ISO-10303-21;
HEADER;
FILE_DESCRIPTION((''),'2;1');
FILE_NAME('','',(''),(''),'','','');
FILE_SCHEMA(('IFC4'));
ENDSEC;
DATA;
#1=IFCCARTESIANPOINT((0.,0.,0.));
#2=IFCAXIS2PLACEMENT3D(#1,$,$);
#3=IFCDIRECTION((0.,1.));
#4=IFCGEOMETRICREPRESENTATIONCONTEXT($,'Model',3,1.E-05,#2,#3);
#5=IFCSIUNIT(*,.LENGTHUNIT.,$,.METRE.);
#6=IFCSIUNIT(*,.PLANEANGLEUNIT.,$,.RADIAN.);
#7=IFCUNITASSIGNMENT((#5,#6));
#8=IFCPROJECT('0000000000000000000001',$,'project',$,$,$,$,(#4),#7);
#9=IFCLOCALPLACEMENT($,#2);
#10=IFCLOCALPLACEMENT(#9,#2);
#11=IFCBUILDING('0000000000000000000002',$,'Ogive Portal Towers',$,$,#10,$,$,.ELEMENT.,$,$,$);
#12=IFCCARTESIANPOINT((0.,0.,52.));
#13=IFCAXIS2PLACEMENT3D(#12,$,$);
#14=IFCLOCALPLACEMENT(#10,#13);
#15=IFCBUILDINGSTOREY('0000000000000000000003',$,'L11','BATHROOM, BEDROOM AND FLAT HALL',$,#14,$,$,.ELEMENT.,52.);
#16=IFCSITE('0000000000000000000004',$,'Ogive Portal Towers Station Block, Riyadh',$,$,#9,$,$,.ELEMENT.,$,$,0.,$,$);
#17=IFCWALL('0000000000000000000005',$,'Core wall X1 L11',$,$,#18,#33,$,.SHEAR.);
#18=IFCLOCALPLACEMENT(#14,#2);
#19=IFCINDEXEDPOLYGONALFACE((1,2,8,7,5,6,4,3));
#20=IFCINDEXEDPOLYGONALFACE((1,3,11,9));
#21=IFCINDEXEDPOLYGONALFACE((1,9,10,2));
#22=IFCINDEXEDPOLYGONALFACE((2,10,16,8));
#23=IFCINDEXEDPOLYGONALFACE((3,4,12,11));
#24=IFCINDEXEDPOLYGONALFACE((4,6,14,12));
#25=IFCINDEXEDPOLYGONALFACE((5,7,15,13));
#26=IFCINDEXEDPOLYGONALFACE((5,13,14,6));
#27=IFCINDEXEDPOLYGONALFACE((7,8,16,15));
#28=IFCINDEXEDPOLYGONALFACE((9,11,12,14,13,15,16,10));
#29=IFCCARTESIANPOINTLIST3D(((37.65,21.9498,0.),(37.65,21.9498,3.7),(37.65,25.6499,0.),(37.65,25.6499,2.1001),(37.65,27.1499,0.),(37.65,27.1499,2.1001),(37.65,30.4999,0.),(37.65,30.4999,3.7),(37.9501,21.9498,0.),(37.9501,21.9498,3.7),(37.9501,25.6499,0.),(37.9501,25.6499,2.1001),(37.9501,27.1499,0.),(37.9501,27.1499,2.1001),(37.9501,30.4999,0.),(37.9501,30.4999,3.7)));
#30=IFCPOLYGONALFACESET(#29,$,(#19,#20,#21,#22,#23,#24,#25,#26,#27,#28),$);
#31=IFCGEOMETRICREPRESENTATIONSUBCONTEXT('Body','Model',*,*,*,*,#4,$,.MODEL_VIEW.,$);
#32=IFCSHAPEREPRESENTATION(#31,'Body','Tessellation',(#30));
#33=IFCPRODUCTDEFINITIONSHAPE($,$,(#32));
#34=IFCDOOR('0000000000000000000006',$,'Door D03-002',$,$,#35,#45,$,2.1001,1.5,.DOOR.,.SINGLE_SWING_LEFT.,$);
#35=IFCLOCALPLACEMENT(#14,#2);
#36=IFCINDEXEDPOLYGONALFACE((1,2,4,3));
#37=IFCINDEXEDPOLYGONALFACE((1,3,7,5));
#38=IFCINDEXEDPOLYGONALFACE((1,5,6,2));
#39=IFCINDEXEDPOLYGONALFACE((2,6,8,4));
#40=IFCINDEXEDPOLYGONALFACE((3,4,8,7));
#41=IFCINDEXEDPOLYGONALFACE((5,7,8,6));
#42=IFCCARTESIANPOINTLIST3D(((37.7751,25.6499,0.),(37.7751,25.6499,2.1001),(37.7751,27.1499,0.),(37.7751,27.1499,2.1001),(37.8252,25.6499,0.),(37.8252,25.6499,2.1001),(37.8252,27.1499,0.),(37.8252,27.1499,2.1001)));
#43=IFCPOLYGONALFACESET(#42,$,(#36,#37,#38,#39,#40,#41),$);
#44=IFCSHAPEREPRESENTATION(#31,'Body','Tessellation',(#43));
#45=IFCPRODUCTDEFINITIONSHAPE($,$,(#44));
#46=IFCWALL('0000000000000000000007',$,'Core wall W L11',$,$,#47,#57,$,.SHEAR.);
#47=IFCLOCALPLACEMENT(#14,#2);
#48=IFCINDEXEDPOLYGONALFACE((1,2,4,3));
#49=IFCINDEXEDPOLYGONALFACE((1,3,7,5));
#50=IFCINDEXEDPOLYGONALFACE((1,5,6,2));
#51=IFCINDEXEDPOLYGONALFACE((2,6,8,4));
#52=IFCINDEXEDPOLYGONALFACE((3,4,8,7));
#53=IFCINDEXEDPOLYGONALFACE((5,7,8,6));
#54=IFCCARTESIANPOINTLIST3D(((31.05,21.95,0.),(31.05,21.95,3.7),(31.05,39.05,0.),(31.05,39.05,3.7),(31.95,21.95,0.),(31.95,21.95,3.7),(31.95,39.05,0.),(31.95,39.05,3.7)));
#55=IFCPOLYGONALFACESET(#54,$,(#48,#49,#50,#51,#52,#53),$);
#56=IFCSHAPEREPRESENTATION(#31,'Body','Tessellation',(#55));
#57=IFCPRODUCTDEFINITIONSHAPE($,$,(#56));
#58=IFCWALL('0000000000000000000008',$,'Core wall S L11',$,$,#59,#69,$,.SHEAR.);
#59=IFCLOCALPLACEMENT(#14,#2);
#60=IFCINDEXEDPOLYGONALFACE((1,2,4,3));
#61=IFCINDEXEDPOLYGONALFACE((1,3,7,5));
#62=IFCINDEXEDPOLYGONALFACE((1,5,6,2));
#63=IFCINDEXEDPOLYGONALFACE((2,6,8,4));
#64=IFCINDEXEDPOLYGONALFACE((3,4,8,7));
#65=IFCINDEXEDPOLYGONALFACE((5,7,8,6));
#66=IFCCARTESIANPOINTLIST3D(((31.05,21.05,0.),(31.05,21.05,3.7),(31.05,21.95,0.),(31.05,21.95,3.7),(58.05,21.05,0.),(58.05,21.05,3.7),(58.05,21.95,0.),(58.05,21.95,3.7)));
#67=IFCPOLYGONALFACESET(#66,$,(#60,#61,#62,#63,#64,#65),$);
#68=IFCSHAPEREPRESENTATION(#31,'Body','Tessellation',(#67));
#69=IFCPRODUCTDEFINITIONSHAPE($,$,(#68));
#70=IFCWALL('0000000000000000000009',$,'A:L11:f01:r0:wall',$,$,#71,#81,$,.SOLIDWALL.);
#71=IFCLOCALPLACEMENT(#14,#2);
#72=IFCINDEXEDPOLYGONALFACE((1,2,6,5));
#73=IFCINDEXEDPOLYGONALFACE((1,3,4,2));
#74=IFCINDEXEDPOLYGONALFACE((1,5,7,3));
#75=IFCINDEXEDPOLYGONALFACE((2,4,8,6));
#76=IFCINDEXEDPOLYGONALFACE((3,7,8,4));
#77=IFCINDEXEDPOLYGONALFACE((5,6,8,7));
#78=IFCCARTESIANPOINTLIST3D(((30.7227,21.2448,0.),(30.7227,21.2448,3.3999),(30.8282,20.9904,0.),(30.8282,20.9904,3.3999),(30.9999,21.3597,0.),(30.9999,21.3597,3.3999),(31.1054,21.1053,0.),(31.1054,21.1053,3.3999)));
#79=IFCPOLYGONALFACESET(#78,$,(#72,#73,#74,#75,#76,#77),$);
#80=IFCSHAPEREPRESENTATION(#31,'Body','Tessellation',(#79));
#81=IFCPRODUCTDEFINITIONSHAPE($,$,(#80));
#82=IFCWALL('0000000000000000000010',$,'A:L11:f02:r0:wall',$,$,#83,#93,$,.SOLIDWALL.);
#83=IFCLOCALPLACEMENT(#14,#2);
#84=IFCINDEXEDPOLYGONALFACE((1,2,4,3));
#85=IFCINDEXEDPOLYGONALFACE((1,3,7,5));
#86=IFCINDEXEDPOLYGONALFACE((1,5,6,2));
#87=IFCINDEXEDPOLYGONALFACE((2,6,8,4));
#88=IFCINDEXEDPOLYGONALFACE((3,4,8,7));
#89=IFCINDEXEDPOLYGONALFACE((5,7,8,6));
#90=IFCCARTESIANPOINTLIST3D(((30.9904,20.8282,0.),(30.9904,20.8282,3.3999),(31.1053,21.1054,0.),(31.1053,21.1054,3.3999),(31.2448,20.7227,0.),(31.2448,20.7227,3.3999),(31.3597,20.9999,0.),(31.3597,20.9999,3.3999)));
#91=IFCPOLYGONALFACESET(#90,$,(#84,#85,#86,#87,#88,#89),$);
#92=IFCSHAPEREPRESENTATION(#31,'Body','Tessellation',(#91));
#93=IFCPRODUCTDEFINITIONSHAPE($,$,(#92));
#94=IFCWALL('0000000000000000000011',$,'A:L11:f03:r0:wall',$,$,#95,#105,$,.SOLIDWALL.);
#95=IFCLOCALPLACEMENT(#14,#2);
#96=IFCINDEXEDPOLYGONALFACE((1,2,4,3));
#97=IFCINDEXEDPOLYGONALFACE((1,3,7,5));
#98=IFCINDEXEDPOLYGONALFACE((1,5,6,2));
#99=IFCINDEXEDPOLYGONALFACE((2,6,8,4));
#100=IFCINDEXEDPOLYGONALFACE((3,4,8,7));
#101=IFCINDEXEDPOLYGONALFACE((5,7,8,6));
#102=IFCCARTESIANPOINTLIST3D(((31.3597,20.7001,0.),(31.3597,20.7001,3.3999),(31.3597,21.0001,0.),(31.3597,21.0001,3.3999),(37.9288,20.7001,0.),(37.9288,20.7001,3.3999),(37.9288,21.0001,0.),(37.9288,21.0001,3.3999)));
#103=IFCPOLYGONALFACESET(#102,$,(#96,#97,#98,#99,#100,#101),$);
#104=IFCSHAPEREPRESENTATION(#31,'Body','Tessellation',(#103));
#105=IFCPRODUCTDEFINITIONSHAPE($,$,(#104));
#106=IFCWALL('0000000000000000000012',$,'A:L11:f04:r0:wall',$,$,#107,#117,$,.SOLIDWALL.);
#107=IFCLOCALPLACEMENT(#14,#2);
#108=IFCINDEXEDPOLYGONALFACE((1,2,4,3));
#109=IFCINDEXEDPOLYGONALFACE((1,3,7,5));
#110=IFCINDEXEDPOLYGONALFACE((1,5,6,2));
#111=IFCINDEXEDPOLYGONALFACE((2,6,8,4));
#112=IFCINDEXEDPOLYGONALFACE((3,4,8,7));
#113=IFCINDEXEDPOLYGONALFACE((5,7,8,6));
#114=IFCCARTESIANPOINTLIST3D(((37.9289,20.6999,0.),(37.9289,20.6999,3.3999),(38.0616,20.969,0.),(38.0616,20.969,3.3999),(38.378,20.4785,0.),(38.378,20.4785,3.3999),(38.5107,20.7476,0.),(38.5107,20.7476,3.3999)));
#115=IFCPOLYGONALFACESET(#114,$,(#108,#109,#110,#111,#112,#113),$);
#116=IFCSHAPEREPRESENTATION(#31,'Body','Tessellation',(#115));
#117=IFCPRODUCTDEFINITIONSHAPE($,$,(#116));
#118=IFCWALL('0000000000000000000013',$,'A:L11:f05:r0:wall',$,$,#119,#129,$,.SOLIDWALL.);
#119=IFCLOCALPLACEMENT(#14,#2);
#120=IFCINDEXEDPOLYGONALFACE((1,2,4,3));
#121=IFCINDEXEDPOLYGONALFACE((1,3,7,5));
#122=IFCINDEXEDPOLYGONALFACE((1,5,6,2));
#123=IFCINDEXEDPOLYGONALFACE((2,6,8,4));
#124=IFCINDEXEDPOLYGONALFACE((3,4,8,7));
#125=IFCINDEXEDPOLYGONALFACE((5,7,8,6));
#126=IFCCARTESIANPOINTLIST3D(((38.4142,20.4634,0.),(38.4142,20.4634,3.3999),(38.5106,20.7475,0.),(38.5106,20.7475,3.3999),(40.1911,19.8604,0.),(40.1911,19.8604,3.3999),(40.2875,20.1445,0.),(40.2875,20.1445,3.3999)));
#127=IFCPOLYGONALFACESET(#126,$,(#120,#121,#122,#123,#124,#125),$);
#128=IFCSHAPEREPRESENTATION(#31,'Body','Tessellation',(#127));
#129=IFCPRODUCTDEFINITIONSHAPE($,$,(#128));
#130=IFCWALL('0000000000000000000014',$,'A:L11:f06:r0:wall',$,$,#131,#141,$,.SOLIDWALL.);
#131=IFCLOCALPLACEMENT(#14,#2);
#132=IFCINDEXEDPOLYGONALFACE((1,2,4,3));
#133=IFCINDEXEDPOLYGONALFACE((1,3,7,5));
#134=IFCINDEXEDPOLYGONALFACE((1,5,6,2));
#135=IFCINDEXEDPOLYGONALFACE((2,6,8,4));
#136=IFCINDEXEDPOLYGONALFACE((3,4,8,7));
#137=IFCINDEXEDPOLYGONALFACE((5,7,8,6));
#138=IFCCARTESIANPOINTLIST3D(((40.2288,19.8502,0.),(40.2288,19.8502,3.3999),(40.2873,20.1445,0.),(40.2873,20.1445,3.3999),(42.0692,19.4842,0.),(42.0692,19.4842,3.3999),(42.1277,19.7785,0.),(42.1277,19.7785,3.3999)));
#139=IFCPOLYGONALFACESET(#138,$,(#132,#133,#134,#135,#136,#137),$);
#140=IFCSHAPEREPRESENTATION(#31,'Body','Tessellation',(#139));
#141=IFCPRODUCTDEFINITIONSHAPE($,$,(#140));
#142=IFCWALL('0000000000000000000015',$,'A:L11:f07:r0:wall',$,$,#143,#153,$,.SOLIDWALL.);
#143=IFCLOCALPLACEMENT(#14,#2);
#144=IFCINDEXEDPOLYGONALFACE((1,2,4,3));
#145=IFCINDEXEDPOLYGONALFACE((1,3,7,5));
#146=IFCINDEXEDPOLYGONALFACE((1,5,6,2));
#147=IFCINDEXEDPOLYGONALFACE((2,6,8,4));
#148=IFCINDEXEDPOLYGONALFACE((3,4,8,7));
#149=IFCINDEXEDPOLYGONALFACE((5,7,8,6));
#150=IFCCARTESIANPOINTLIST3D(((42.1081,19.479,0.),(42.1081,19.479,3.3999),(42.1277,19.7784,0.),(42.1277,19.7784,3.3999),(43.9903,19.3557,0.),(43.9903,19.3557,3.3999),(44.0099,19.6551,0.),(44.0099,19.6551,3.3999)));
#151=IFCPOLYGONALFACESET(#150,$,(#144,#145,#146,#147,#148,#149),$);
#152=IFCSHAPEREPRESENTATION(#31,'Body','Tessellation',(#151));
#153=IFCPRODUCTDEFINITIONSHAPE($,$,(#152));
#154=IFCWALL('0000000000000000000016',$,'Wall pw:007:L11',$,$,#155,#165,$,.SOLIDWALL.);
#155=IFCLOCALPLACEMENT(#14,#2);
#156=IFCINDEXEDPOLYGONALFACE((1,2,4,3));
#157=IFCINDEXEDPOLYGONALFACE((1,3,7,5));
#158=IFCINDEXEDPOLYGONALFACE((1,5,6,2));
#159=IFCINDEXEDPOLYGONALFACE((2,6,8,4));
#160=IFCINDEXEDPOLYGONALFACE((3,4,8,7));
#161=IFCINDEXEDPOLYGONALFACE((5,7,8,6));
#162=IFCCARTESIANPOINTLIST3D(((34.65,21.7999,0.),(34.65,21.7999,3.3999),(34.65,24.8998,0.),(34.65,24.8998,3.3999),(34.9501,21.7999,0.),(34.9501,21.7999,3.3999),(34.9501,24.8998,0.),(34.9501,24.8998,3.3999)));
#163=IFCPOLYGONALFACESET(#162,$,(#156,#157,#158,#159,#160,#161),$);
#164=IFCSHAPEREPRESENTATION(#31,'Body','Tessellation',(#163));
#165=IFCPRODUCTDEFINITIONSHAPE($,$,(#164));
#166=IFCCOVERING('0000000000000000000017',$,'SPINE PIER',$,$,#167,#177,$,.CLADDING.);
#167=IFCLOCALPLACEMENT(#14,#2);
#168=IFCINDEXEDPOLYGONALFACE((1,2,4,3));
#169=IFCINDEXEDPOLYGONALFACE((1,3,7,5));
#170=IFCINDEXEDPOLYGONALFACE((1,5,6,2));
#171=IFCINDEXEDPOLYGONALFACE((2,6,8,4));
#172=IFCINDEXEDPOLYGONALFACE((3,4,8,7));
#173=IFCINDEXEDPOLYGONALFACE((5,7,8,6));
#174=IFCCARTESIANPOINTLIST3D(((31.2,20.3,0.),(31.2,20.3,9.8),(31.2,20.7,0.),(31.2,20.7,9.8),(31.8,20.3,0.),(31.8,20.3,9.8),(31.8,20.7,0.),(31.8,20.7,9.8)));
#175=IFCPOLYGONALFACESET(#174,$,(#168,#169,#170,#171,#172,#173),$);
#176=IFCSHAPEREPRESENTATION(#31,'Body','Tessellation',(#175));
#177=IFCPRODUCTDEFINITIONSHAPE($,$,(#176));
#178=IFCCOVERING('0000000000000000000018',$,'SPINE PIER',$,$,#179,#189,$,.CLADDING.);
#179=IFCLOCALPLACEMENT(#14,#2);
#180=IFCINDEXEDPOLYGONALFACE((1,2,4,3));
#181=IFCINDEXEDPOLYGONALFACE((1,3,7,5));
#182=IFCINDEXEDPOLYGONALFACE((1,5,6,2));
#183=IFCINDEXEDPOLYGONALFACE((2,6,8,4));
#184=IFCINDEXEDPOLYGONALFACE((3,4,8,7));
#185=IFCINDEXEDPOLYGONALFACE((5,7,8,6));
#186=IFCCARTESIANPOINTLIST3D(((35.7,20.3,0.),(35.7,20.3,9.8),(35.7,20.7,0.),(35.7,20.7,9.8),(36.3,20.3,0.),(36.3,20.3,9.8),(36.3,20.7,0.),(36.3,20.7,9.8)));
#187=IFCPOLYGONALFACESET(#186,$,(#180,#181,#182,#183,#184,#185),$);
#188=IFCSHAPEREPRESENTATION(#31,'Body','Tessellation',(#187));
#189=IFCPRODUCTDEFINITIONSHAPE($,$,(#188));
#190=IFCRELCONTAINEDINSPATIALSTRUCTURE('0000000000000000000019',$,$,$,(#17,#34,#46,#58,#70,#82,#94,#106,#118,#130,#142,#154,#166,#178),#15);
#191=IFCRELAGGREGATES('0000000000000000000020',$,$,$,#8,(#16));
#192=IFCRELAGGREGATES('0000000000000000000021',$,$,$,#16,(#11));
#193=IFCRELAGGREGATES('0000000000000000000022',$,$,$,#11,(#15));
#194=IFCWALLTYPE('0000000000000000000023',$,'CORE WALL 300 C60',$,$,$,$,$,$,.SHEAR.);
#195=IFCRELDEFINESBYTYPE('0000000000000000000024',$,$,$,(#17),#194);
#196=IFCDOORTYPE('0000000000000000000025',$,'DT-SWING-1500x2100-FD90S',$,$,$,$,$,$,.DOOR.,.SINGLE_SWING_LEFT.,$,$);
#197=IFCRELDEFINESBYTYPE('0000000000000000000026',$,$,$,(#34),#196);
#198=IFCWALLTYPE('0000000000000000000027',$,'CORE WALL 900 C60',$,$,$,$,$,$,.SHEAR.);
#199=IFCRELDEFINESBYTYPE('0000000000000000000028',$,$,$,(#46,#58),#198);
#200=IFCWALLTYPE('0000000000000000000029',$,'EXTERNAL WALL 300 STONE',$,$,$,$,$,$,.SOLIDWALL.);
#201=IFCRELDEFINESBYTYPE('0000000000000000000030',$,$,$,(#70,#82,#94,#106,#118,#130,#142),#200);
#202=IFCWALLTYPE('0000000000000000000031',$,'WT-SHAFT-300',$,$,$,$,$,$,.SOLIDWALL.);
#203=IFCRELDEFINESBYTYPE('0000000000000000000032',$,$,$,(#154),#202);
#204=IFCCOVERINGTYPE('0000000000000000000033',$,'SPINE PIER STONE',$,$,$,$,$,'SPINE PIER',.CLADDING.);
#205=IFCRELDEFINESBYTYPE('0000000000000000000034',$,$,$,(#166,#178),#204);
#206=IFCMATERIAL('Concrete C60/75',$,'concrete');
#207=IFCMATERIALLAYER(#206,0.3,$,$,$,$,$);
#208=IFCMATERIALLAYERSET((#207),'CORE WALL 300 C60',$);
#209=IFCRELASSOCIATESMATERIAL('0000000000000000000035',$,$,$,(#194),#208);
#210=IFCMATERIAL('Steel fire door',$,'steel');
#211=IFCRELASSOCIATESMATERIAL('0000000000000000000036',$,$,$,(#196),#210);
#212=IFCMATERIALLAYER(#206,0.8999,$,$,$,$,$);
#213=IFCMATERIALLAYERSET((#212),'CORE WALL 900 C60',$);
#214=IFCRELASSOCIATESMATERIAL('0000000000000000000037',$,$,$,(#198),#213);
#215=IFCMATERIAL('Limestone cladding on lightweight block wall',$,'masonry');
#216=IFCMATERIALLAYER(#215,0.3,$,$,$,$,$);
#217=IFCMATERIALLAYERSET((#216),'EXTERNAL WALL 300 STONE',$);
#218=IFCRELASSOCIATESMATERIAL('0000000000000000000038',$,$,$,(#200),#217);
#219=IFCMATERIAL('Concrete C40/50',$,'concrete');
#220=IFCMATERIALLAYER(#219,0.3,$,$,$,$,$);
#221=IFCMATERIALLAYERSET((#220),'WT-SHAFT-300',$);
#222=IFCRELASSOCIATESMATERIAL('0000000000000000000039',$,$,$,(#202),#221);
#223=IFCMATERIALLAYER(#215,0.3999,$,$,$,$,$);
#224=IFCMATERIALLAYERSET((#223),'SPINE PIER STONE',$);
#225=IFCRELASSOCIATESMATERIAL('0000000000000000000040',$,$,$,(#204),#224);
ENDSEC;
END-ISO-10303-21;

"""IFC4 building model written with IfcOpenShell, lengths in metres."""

from ifc_helpers import new_model, si_unit, direction, frame, frame_2d, origin, origin_2d, place, context, subcontext, project, spatial, rectangle, extrude, material, layer, layer_set, type_object, element, fill, save


model = new_model("IFC4")

# Units and contexts
model_context = context("Model", 3, precision=1e-05, world=origin(), true_north=direction((0.0, 1.0)))
body_context = subcontext(model_context, "Body", "Model", "MODEL_VIEW")
ifc_project = project(units=[si_unit("LENGTHUNIT", "METRE"), si_unit("PLANEANGLEUNIT", "RADIAN")], contexts=[model_context])

# Site, building, storey
site_placement = place(None, origin())
site = spatial("IfcSite", under=ifc_project, at=site_placement, Name="Ogive Portal Towers Station Block, Riyadh", CompositionType="ELEMENT", RefElevation=0.0)
building_placement = place(site_placement, origin())
building = spatial("IfcBuilding", under=site, at=building_placement, Name="Ogive Portal Towers", CompositionType="ELEMENT")
storey_placement = place(building_placement, frame((0.0, 0.0, 52.0)))
storey = spatial("IfcBuildingStorey", under=building, at=storey_placement, Name="L11", Description="BATHROOM, BEDROOM AND FLAT HALL", CompositionType="ELEMENT", Elevation=52.0)

# Wall, opening, door
ifc_material_1 = material(Name="Concrete C60/75", Category="concrete")
ifc_layer_1 = layer(ifc_material_1, 0.3)
ifc_layer_set_1 = layer_set([ifc_layer_1], Name="CORE WALL 300 C60")
wall_type_1 = type_object("IfcWallType", Name="CORE WALL 300 C60", PredefinedType="SHEAR", material=ifc_layer_set_1)
wall_1_placement = place(storey_placement, frame((37.8, 21.95, 0.0), z_axis=(0.0, 0.0, 1.0), x_axis=(0.0, 1.0, 0.0)))
wall_1 = element("IfcWall", 1, at=wall_1_placement, inside=storey, type_object=wall_type_1, Name="Core wall X1 L11", PredefinedType="SHEAR", context=body_context, shape_type="SweptSolid", body=[
    extrude(rectangle(XDim=8.55, YDim=0.3, at=frame_2d((4.2749, 0.0))), origin(), (0.0, 0.0, 1.0), 3.7),
])
opening_placement = place(wall_1_placement, frame((3.7, 0.0, 0.0)))
opening = element("IfcOpeningElement", 2, at=opening_placement, cuts=wall_1, PredefinedType="OPENING", context=body_context, shape_type="SweptSolid", body=[
    extrude(rectangle(XDim=1.5, YDim=2.1001, at=frame_2d((0.75, 1.05))), frame((0.0, 0.1602, 0.0), z_axis=(0.0, -1.0, 0.0), x_axis=(1.0, 0.0, 0.0)), (0.0, 0.0, 1.0), 0.3201),
])
ifc_material_2 = material(Name="Steel fire door", Category="steel")
door_type = type_object("IfcDoorType", Name="DT-SWING-1500x2100-FD90S", OperationType="SINGLE_SWING_LEFT", PredefinedType="DOOR", material=ifc_material_2)
door_placement = place(opening_placement, origin())
door = element("IfcDoor", 3, at=door_placement, inside=storey, type_object=door_type, Name="Door D03-002", OperationType="SINGLE_SWING_LEFT", OverallHeight=2.1001, OverallWidth=1.5, PredefinedType="DOOR", context=body_context, shape_type="SweptSolid", body=[
    extrude(rectangle(XDim=1.5, YDim=2.1001, at=frame_2d((0.75, 1.05))), frame((0.0, 0.0249, 0.0), z_axis=(0.0, -1.0, 0.0), x_axis=(1.0, 0.0, 0.0)), (0.0, 0.0, 1.0), 0.05),
])
fill(opening, door)

# Walls
ifc_layer_2 = layer(ifc_material_1, 0.8999)
ifc_layer_set_2 = layer_set([ifc_layer_2], Name="CORE WALL 900 C60")
wall_type_2 = type_object("IfcWallType", Name="CORE WALL 900 C60", PredefinedType="SHEAR", material=ifc_layer_set_2)
wall_2_placement = place(storey_placement, frame((31.5, 21.95, 0.0), z_axis=(0.0, 0.0, 1.0), x_axis=(0.0, 1.0, 0.0)))
element("IfcWall", 4, at=wall_2_placement, inside=storey, type_object=wall_type_2, Name="Core wall W L11", PredefinedType="SHEAR", context=body_context, shape_type="SweptSolid", body=[
    extrude(rectangle(XDim=17.1001, YDim=0.8999, at=frame_2d((8.55, 0.0))), origin(), (0.0, 0.0, 1.0), 3.7),
])
wall_3_placement = place(storey_placement, frame((31.05, 21.5, 0.0), z_axis=(0.0, 0.0, 1.0), x_axis=(1.0, 0.0, 0.0)))
element("IfcWall", 5, at=wall_3_placement, inside=storey, type_object=wall_type_2, Name="Core wall S L11", PredefinedType="SHEAR", context=body_context, shape_type="SweptSolid", body=[
    extrude(rectangle(XDim=27.0, YDim=0.8999, at=frame_2d((13.5, 0.0))), origin(), (0.0, 0.0, 1.0), 3.7),
])
ifc_material_3 = material(Name="Limestone cladding on lightweight block wall", Category="masonry")
ifc_layer_3 = layer(ifc_material_3, 0.3)
ifc_layer_set_3 = layer_set([ifc_layer_3], Name="EXTERNAL WALL 300 STONE")
wall_type_3 = type_object("IfcWallType", Name="EXTERNAL WALL 300 STONE", PredefinedType="SOLIDWALL", material=ifc_layer_set_3)
for number, where, z_axis, x_axis, name in (
    (6, (30.8613, 21.3022, 0.0), (0.0, 0.0, 1.0), (0.382978, -0.923757, 0.0), "A:L11:f01:r0:wall"),
    (7, (31.0479, 20.9668, 0.0), (0.0, 0.0, 1.0), (0.923757, -0.382978, 0.0), "A:L11:f02:r0:wall"),
):
    element("IfcWall", number, at=place(storey_placement, frame(where, z_axis=z_axis, x_axis=x_axis)), inside=storey, type_object=wall_type_3, Name=name, PredefinedType="SOLIDWALL", context=body_context, shape_type="SweptSolid", body=[
        extrude(rectangle(XDim=0.2754, YDim=0.3, at=frame_2d((0.1377, 0.0))), origin(), (0.0, 0.0, 1.0), 3.3999),
    ])
wall_4_placement = place(storey_placement, frame((31.3596, 20.8501, 0.0), z_axis=(0.0, 0.0, 1.0), x_axis=(1.0, 0.0, 0.0)))
element("IfcWall", 8, at=wall_4_placement, inside=storey, type_object=wall_type_3, Name="A:L11:f03:r0:wall", PredefinedType="SOLIDWALL", context=body_context, shape_type="SweptSolid", body=[
    extrude(rectangle(XDim=6.5691, YDim=0.3, at=frame_2d((3.2847, 0.0))), origin(), (0.0, 0.0, 1.0), 3.3999),
])
wall_5_placement = place(storey_placement, frame((37.9951, 20.8345, 0.0), z_axis=(0.0, 0.0, 1.0), x_axis=(0.896948, -0.442137, 0.0)))
element("IfcWall", 9, at=wall_5_placement, inside=storey, type_object=wall_type_3, Name="A:L11:f04:r0:wall", PredefinedType="SOLIDWALL", context=body_context, shape_type="SweptSolid", body=[
    extrude(rectangle(XDim=0.5007, YDim=0.3, at=frame_2d((0.2505, 0.0))), origin(), (0.0, 0.0, 1.0), 3.3999),
])
for number, where, z_axis, x_axis, name in (
    (10, (38.4624, 20.6055, 0.0), (0.0, 0.0, 1.0), (0.946952, -0.321376, 0.0), "A:L11:f05:r0:wall"),
    (11, (40.2581, 19.9973, 0.0), (0.0, 0.0, 1.0), (0.980795, -0.19504, 0.0), "A:L11:f06:r0:wall"),
):
    element("IfcWall", number, at=place(storey_placement, frame(where, z_axis=z_axis, x_axis=x_axis)), inside=storey, type_object=wall_type_3, Name=name, PredefinedType="SOLIDWALL", context=body_context, shape_type="SweptSolid", body=[
        extrude(rectangle(XDim=1.8765, YDim=0.3, at=frame_2d((0.9382, 0.0))), origin(), (0.0, 0.0, 1.0), 3.3999),
    ])
wall_6_placement = place(storey_placement, frame((42.1179, 19.6287, 0.0), z_axis=(0.0, 0.0, 1.0), x_axis=(0.997861, -0.065368, 0.0)))
element("IfcWall", 12, at=wall_6_placement, inside=storey, type_object=wall_type_3, Name="A:L11:f07:r0:wall", PredefinedType="SOLIDWALL", context=body_context, shape_type="SweptSolid", body=[
    extrude(rectangle(XDim=1.8862, YDim=0.3, at=frame_2d((0.9431, 0.0))), origin(), (0.0, 0.0, 1.0), 3.3999),
])
ifc_material_4 = material(Name="Concrete C40/50", Category="concrete")
ifc_layer_4 = layer(ifc_material_4, 0.3)
ifc_layer_set_4 = layer_set([ifc_layer_4], Name="WT-SHAFT-300")
wall_type_4 = type_object("IfcWallType", Name="WT-SHAFT-300", PredefinedType="SOLIDWALL", material=ifc_layer_set_4)
wall_7_placement = place(storey_placement, frame((34.8, 21.8, 0.0), z_axis=(0.0, 0.0, 1.0), x_axis=(0.0, 1.0, 0.0)))
element("IfcWall", 13, at=wall_7_placement, inside=storey, type_object=wall_type_4, Name="Wall pw:007:L11", PredefinedType="SOLIDWALL", context=body_context, shape_type="SweptSolid", body=[
    extrude(rectangle(XDim=3.0999, YDim=0.3, at=frame_2d((1.5498, 0.0))), origin(), (0.0, 0.0, 1.0), 3.3999),
])

# Coverings
ifc_layer_5 = layer(ifc_material_3, 0.3999)
ifc_layer_set_5 = layer_set([ifc_layer_5], Name="SPINE PIER STONE")
covering_type = type_object("IfcCoveringType", Name="SPINE PIER STONE", ElementType="SPINE PIER", PredefinedType="CLADDING", material=ifc_layer_set_5)
for number, where, z_axis, x_axis, name in (
    (14, (31.5, 20.5, 0.0), (0.0, 0.0, 1.0), (1.0, 0.0, 0.0), "SPINE PIER"),
    (15, (36.0, 20.5, 0.0), (0.0, 0.0, 1.0), (1.0, 0.0, 0.0), "SPINE PIER"),
):
    element("IfcCovering", number, at=place(storey_placement, frame(where, z_axis=z_axis, x_axis=x_axis)), inside=storey, type_object=covering_type, Name=name, PredefinedType="CLADDING", context=body_context, shape_type="SweptSolid", body=[
        extrude(rectangle(XDim=0.6001, YDim=0.3999, at=origin_2d()), origin(), (0.0, 0.0, 1.0), 9.8),
    ])

save(model, "model.ifc")
